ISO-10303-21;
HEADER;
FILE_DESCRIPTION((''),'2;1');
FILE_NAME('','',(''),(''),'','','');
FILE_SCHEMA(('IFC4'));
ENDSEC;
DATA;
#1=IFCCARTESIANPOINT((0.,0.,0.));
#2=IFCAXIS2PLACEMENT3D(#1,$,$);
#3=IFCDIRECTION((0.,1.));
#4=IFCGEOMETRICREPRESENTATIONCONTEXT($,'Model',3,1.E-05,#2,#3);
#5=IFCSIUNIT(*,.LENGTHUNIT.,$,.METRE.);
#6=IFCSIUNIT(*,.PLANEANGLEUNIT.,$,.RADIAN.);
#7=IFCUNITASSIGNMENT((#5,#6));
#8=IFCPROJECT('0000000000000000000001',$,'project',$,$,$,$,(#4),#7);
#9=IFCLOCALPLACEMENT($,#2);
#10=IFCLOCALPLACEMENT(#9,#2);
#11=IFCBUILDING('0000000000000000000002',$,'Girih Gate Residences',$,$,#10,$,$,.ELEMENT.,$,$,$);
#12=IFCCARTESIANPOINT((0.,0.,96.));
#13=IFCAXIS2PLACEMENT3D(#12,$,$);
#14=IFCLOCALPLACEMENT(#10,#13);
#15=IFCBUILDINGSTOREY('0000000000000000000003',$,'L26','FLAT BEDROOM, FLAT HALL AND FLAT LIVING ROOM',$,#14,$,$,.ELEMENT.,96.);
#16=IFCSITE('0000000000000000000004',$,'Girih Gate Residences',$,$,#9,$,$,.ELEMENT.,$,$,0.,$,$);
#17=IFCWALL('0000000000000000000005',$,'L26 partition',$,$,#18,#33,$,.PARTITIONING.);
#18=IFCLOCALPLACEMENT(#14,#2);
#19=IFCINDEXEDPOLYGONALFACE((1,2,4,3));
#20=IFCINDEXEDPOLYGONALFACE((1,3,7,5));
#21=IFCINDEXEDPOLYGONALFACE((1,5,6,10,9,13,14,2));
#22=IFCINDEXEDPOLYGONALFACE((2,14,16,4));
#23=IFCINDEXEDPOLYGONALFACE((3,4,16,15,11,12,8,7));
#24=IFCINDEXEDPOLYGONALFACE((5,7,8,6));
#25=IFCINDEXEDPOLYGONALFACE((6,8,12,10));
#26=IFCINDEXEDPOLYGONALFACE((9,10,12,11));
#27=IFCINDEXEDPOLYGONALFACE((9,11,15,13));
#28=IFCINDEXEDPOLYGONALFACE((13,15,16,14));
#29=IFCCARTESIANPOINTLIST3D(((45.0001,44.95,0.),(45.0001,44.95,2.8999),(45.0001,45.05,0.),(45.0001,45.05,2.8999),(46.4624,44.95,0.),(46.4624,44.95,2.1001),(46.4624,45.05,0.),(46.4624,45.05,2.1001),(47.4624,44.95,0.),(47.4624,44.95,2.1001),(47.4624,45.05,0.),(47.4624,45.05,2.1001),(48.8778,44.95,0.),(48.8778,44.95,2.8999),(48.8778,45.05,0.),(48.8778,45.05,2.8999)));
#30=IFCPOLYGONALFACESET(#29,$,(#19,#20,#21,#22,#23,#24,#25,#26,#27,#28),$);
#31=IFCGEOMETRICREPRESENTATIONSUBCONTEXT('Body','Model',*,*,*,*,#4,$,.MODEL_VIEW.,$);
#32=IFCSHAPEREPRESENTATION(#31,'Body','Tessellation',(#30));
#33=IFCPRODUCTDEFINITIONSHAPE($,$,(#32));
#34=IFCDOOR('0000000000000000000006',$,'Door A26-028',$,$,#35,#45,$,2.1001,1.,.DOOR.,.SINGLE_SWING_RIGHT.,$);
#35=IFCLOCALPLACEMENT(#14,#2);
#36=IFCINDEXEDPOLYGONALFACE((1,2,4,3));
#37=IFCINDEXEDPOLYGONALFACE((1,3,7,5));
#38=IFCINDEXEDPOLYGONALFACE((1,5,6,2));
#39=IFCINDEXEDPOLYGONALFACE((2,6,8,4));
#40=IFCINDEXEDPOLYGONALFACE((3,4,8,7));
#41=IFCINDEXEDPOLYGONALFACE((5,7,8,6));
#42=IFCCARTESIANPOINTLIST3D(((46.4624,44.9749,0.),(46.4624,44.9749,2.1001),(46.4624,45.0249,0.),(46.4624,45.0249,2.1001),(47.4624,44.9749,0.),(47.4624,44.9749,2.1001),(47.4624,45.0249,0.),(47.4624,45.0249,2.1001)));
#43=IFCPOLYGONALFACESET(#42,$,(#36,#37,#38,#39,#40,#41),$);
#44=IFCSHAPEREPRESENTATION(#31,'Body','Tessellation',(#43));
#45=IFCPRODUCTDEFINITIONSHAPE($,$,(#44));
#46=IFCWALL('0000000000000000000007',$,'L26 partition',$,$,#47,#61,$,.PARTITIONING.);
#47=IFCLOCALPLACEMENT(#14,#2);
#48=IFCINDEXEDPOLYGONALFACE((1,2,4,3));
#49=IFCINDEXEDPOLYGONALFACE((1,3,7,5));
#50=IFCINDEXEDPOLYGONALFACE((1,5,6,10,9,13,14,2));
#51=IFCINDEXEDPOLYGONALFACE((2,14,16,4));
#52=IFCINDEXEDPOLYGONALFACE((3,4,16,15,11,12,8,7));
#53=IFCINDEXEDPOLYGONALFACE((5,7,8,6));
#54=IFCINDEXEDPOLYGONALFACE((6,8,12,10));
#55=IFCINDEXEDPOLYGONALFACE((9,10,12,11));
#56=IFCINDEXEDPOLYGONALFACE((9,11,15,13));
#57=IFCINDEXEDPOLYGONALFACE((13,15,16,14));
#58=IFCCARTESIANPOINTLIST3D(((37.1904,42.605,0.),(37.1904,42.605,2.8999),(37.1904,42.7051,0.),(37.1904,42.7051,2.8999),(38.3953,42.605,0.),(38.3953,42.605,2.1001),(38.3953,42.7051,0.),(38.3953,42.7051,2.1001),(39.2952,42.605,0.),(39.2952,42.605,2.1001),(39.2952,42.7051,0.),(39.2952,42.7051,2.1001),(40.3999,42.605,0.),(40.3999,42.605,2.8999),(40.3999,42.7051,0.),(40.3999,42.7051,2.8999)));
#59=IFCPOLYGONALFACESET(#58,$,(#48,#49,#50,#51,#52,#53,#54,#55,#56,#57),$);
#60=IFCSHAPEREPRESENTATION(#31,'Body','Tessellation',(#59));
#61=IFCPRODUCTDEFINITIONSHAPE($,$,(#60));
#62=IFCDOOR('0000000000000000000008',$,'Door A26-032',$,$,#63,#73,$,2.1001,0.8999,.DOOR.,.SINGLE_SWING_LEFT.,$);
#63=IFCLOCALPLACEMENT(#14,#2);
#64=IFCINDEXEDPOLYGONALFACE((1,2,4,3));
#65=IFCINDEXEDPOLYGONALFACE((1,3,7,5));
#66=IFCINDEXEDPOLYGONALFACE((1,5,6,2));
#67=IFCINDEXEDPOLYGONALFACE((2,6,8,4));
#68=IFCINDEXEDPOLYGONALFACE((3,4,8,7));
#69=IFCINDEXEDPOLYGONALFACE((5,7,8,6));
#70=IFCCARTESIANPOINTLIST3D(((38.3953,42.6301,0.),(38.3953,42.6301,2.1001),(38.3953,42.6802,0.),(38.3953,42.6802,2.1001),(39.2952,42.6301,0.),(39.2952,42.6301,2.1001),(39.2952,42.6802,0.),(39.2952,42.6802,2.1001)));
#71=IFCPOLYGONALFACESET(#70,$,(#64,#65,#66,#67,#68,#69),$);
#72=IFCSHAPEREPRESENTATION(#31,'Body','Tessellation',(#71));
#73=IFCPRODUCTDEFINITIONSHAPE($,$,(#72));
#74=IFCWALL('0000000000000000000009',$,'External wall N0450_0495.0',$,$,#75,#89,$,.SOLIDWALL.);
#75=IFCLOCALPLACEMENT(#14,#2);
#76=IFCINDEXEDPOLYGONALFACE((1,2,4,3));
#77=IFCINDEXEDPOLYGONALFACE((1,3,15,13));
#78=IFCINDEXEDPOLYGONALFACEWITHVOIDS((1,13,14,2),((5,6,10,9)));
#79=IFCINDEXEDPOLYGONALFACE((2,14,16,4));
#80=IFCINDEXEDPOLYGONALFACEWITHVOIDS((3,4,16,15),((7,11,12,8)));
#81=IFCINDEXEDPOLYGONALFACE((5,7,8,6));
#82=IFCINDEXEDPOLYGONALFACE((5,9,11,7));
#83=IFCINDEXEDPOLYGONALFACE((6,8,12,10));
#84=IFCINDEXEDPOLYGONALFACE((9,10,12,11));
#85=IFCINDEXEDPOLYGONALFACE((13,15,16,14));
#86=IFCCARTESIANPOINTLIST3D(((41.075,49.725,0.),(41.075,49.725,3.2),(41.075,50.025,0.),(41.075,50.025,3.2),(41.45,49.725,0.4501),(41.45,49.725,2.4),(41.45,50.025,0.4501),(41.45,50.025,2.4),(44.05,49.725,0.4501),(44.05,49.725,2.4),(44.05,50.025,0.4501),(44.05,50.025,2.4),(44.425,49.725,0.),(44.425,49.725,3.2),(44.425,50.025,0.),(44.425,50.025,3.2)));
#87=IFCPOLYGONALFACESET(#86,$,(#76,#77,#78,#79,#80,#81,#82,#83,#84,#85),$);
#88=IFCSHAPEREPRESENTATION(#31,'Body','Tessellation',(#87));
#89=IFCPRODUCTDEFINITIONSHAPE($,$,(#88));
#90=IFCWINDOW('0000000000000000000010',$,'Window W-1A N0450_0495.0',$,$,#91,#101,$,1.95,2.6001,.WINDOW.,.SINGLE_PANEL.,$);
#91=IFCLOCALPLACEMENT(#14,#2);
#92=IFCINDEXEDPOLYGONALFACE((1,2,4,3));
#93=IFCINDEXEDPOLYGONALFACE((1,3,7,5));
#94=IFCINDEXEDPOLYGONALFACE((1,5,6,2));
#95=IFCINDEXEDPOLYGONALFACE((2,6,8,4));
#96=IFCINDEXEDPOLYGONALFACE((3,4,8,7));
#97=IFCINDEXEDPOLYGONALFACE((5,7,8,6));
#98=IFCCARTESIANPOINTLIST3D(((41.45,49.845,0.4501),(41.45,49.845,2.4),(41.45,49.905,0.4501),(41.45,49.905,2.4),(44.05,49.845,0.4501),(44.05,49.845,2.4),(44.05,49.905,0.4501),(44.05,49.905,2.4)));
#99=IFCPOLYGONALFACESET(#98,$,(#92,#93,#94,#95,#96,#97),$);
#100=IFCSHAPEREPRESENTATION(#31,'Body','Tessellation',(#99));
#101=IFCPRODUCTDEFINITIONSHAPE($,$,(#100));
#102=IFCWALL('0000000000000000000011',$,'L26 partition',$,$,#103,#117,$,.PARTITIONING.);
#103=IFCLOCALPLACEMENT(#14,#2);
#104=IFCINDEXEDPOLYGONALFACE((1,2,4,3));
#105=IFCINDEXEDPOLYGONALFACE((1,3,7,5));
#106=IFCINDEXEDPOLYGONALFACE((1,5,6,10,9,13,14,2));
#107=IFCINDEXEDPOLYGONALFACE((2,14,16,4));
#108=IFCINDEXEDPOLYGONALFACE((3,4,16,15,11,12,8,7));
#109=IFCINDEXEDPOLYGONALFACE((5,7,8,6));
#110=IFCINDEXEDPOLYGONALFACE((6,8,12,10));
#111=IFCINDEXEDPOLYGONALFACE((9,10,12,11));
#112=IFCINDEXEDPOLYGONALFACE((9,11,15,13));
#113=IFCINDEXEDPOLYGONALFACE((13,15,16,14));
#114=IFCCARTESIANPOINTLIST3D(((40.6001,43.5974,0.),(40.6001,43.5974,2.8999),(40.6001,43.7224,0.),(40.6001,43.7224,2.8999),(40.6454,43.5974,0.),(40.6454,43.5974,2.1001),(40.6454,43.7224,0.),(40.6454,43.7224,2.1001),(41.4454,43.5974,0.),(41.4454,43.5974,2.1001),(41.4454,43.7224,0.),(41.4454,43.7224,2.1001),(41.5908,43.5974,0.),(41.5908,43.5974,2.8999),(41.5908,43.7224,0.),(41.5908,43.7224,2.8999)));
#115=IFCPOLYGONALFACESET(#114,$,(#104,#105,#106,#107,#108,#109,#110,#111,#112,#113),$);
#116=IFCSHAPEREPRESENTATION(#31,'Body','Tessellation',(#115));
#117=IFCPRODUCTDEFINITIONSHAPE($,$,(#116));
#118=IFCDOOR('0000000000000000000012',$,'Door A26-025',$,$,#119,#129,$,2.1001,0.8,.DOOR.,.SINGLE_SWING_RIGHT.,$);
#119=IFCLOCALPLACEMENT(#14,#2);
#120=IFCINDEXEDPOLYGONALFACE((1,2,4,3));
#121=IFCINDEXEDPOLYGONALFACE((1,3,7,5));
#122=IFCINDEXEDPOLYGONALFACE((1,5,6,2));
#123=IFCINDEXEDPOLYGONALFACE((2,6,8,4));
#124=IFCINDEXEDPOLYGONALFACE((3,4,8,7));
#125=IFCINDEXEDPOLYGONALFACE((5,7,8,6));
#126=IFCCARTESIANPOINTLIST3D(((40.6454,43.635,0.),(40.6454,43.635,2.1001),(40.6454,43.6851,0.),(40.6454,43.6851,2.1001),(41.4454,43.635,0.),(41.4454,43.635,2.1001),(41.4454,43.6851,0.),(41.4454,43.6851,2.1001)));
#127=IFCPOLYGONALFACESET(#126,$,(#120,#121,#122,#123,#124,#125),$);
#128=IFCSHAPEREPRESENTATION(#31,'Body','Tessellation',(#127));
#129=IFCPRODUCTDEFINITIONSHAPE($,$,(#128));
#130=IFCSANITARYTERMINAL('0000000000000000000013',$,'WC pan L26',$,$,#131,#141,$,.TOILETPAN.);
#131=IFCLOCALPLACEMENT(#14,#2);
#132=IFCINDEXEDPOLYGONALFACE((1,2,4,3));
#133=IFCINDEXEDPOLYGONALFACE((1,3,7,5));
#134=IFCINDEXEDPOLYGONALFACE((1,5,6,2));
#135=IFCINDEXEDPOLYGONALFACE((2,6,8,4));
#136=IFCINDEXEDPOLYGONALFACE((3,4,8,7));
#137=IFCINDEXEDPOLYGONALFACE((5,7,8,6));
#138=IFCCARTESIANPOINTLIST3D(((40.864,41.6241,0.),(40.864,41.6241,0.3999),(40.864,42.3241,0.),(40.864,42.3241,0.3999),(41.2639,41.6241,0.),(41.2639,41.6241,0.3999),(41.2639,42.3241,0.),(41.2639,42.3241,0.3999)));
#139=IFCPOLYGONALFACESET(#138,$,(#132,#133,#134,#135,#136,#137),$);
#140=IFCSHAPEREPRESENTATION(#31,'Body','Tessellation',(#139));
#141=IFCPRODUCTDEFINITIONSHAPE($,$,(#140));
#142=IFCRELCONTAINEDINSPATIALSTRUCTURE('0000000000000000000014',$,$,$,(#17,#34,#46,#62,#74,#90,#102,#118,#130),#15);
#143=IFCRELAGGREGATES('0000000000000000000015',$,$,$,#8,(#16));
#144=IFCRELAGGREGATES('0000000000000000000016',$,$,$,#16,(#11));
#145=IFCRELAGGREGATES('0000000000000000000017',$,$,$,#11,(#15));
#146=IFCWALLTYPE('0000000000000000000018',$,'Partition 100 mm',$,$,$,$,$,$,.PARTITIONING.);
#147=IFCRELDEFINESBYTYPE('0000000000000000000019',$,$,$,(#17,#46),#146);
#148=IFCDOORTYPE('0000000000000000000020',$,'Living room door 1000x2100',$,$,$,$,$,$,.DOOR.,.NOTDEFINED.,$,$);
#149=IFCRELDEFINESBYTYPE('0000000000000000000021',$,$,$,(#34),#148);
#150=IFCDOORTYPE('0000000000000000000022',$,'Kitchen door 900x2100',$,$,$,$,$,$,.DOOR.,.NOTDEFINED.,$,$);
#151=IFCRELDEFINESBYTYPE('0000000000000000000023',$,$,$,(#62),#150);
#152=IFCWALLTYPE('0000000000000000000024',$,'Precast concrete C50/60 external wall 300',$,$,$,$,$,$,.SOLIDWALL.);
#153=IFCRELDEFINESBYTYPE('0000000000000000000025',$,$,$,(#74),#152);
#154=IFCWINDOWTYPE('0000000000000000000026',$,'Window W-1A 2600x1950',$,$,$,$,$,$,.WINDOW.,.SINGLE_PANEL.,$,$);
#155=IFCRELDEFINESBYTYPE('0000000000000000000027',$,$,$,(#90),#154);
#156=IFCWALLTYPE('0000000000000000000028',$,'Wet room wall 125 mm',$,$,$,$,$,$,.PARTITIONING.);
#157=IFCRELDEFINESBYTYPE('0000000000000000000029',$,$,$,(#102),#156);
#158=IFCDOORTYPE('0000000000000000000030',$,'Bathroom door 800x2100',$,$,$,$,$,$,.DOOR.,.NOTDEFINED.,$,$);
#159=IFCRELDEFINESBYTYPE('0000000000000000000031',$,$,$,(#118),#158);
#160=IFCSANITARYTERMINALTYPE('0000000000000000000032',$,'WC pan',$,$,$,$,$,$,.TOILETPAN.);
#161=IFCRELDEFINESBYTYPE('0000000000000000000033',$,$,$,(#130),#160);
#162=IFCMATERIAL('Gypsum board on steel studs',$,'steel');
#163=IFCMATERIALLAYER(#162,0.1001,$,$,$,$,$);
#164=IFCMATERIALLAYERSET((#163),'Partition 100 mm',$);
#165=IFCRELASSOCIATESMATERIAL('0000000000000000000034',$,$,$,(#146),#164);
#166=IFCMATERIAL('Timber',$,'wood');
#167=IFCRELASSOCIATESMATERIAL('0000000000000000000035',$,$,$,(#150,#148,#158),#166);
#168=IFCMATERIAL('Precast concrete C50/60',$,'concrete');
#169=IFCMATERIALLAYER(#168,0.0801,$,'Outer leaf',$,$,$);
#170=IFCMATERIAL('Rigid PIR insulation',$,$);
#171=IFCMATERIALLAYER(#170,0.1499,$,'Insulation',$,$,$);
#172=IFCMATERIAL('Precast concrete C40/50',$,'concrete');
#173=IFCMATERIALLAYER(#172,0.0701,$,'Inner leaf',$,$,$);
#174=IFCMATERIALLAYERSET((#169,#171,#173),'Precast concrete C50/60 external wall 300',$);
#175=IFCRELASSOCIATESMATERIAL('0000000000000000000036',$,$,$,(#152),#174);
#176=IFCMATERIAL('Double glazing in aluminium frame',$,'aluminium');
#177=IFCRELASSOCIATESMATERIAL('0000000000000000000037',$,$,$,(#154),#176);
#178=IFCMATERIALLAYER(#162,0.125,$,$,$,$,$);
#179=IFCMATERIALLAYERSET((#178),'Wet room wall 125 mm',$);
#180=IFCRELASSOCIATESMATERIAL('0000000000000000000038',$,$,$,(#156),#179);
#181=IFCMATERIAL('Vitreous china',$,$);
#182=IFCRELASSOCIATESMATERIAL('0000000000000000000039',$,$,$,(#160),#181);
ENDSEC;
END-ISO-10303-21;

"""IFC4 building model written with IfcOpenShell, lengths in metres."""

from ifc_helpers import new_model, si_unit, direction, frame, frame_2d, origin, origin_2d, place, context, subcontext, project, spatial, rectangle, extrude, material, layer, layer_set, type_object, element, fill, save


model = new_model("IFC4")

# Units and contexts
model_context = context("Model", 3, precision=1e-05, world=origin(), true_north=direction((0.0, 1.0)))
body_context = subcontext(model_context, "Body", "Model", "MODEL_VIEW")
ifc_project = project(units=[si_unit("LENGTHUNIT", "METRE"), si_unit("PLANEANGLEUNIT", "RADIAN")], contexts=[model_context])

# Site, building, storey
site_placement = place(None, origin())
site = spatial("IfcSite", under=ifc_project, at=site_placement, Name="Girih Gate Residences", CompositionType="ELEMENT", RefElevation=0.0)
building_placement = place(site_placement, origin())
building = spatial("IfcBuilding", under=site, at=building_placement, Name="Girih Gate Residences", CompositionType="ELEMENT")
storey_placement = place(building_placement, frame((0.0, 0.0, 96.0)))
storey = spatial("IfcBuildingStorey", under=building, at=storey_placement, Name="L26", Description="FLAT BEDROOM, FLAT HALL AND FLAT LIVING ROOM", CompositionType="ELEMENT", Elevation=96.0)

# Shared definitions
ifc_material_1 = material(Name="Gypsum board on steel studs", Category="steel")
ifc_layer_1 = layer(ifc_material_1, 0.1001)
ifc_layer_set_1 = layer_set([ifc_layer_1], Name="Partition 100 mm")
wall_type_1 = type_object("IfcWallType", Name="Partition 100 mm", PredefinedType="PARTITIONING", material=ifc_layer_set_1)
ifc_material_2 = material(Name="Timber", Category="wood")

# Walls, openings, doors
door_type_1 = type_object("IfcDoorType", Name="Kitchen door 900x2100", OperationType="NOTDEFINED", PredefinedType="DOOR", material=ifc_material_2)
wall_1_placement = place(storey_placement, frame((45.0, 45.0, 0.0), z_axis=(0.0, 0.0, 1.0), x_axis=(1.0, 0.0, 0.0)))
wall_1 = element("IfcWall", 1, at=wall_1_placement, inside=storey, type_object=wall_type_1, Name="L26 partition", PredefinedType="PARTITIONING", context=body_context, shape_type="SweptSolid", body=[
    extrude(rectangle(XDim=3.8777, YDim=0.1001, at=frame_2d((1.939, 0.0))), origin(), (0.0, 0.0, 1.0), 2.8999),
])
opening_1_placement = place(wall_1_placement, frame((1.4624, 0.0, 0.0)))
opening_1 = element("IfcOpeningElement", 2, at=opening_1_placement, cuts=wall_1, PredefinedType="OPENING", context=body_context, shape_type="SweptSolid", body=[
    extrude(rectangle(XDim=1.0, YDim=2.1001, at=frame_2d((0.5, 1.05))), frame((0.0, 0.0601, 0.0), z_axis=(0.0, -1.0, 0.0), x_axis=(1.0, 0.0, 0.0)), (0.0, 0.0, 1.0), 0.1201),
])
door_type_2 = type_object("IfcDoorType", Name="Living room door 1000x2100", OperationType="NOTDEFINED", PredefinedType="DOOR", material=ifc_material_2)
door_1_placement = place(opening_1_placement, origin())
door_1 = element("IfcDoor", 3, at=door_1_placement, inside=storey, type_object=door_type_2, Name="Door A26-028", OperationType="SINGLE_SWING_RIGHT", OverallHeight=2.1001, OverallWidth=1.0, PredefinedType="DOOR", context=body_context, shape_type="SweptSolid", body=[
    extrude(rectangle(XDim=1.0, YDim=2.1001, at=frame_2d((0.5, 1.05))), frame((0.0, 0.0249, 0.0), z_axis=(0.0, -1.0, 0.0), x_axis=(1.0, 0.0, 0.0)), (0.0, 0.0, 1.0), 0.05),
])
fill(opening_1, door_1)
wall_2_placement = place(storey_placement, frame((40.3999, 42.655, 0.0), z_axis=(0.0, 0.0, 1.0), x_axis=(-1.0, 0.0, 0.0)))
wall_2 = element("IfcWall", 4, at=wall_2_placement, inside=storey, type_object=wall_type_1, Name="L26 partition", PredefinedType="PARTITIONING", context=body_context, shape_type="SweptSolid", body=[
    extrude(rectangle(XDim=3.2095, YDim=0.1001, at=frame_2d((1.6047, 0.0))), origin(), (0.0, 0.0, 1.0), 2.8999),
])
opening_2_placement = place(wall_2_placement, frame((1.1047, 0.0, 0.0)))
opening_2 = element("IfcOpeningElement", 5, at=opening_2_placement, cuts=wall_2, PredefinedType="OPENING", context=body_context, shape_type="SweptSolid", body=[
    extrude(rectangle(XDim=0.8999, YDim=2.1001, at=frame_2d((0.45, 1.05))), frame((0.0, 0.0601, 0.0), z_axis=(0.0, -1.0, 0.0), x_axis=(1.0, 0.0, 0.0)), (0.0, 0.0, 1.0), 0.1201),
])
door_2_placement = place(opening_2_placement, origin())
door_2 = element("IfcDoor", 6, at=door_2_placement, inside=storey, type_object=door_type_1, Name="Door A26-032", OperationType="SINGLE_SWING_LEFT", OverallHeight=2.1001, OverallWidth=0.8999, PredefinedType="DOOR", context=body_context, shape_type="SweptSolid", body=[
    extrude(rectangle(XDim=0.8999, YDim=2.1001, at=frame_2d((0.45, 1.05))), frame((0.0, 0.0249, 0.0), z_axis=(0.0, -1.0, 0.0), x_axis=(1.0, 0.0, 0.0)), (0.0, 0.0, 1.0), 0.05),
])
fill(opening_2, door_2)

# Wall, opening, window
ifc_material_3 = material(Name="Precast concrete C50/60", Category="concrete")
ifc_layer_2 = layer(ifc_material_3, 0.0801, Name="Outer leaf")
ifc_material_4 = material(Name="Rigid PIR insulation")
ifc_layer_3 = layer(ifc_material_4, 0.1499, Name="Insulation")
ifc_material_5 = material(Name="Precast concrete C40/50", Category="concrete")
ifc_layer_4 = layer(ifc_material_5, 0.0701, Name="Inner leaf")
ifc_layer_set_2 = layer_set([ifc_layer_2, ifc_layer_3, ifc_layer_4], Name="Precast concrete C50/60 external wall 300")
wall_type_2 = type_object("IfcWallType", Name="Precast concrete C50/60 external wall 300", PredefinedType="SOLIDWALL", material=ifc_layer_set_2)
wall_3_placement = place(storey_placement, frame((41.075, 49.875, 0.0), z_axis=(0.0, 0.0, 1.0), x_axis=(1.0, 0.0, 0.0)))
wall_3 = element("IfcWall", 7, at=wall_3_placement, inside=storey, type_object=wall_type_2, Name="External wall N0450_0495.0", PredefinedType="SOLIDWALL", context=body_context, shape_type="SweptSolid", body=[
    extrude(rectangle(XDim=3.3501, YDim=0.3, at=frame_2d((1.675, 0.0))), origin(), (0.0, 0.0, 1.0), 3.2),
])
opening_3_placement = place(wall_3_placement, frame((0.375, 0.0, 0.45)))
opening_3 = element("IfcOpeningElement", 8, at=opening_3_placement, cuts=wall_3, PredefinedType="OPENING", context=body_context, shape_type="SweptSolid", body=[
    extrude(rectangle(XDim=2.6001, YDim=1.95, at=frame_2d((1.3, 0.9751))), frame((0.0, 0.1599, 0.0), z_axis=(0.0, -1.0, 0.0), x_axis=(1.0, 0.0, 0.0)), (0.0, 0.0, 1.0), 0.3201),
])
ifc_material_6 = material(Name="Double glazing in aluminium frame", Category="aluminium")
window_type = type_object("IfcWindowType", Name="Window W-1A 2600x1950", PartitioningType="SINGLE_PANEL", PredefinedType="WINDOW", material=ifc_material_6)
window_placement = place(opening_3_placement, origin())
window = element("IfcWindow", 9, at=window_placement, inside=storey, type_object=window_type, Name="Window W-1A N0450_0495.0", OverallHeight=1.95, OverallWidth=2.6001, PartitioningType="SINGLE_PANEL", PredefinedType="WINDOW", context=body_context, shape_type="SweptSolid", body=[
    extrude(rectangle(XDim=2.6001, YDim=1.95, at=frame_2d((1.3, 0.9751))), frame((0.0, 0.03, 0.0), z_axis=(0.0, -1.0, 0.0), x_axis=(1.0, 0.0, 0.0)), (0.0, 0.0, 1.0), 0.0601),
])
fill(opening_3, window)

# Wall, opening, door
ifc_layer_5 = layer(ifc_material_1, 0.125)
ifc_layer_set_3 = layer_set([ifc_layer_5], Name="Wet room wall 125 mm")
wall_type_3 = type_object("IfcWallType", Name="Wet room wall 125 mm", PredefinedType="PARTITIONING", material=ifc_layer_set_3)
wall_4_placement = place(storey_placement, frame((41.5908, 43.6599, 0.0), z_axis=(0.0, 0.0, 1.0), x_axis=(-1.0, 0.0, 0.0)))
wall_4 = element("IfcWall", 10, at=wall_4_placement, inside=storey, type_object=wall_type_3, Name="L26 partition", PredefinedType="PARTITIONING", context=body_context, shape_type="SweptSolid", body=[
    extrude(rectangle(XDim=0.9907, YDim=0.125, at=frame_2d((0.4954, 0.0))), origin(), (0.0, 0.0, 1.0), 2.8999),
])
opening_4_placement = place(wall_4_placement, frame((0.1455, 0.0, 0.0)))
opening_4 = element("IfcOpeningElement", 11, at=opening_4_placement, cuts=wall_4, PredefinedType="OPENING", context=body_context, shape_type="SweptSolid", body=[
    extrude(rectangle(XDim=0.8, YDim=2.1001, at=frame_2d((0.3999, 1.05))), frame((0.0, 0.0725, 0.0), z_axis=(0.0, -1.0, 0.0), x_axis=(1.0, 0.0, 0.0)), (0.0, 0.0, 1.0), 0.145),
])
door_type_3 = type_object("IfcDoorType", Name="Bathroom door 800x2100", OperationType="NOTDEFINED", PredefinedType="DOOR", material=ifc_material_2)
door_3_placement = place(opening_4_placement, origin())
door_3 = element("IfcDoor", 12, at=door_3_placement, inside=storey, type_object=door_type_3, Name="Door A26-025", OperationType="SINGLE_SWING_RIGHT", OverallHeight=2.1001, OverallWidth=0.8, PredefinedType="DOOR", context=body_context, shape_type="SweptSolid", body=[
    extrude(rectangle(XDim=0.8, YDim=2.1001, at=frame_2d((0.3999, 1.05))), frame((0.0, 0.0249, 0.0), z_axis=(0.0, -1.0, 0.0), x_axis=(1.0, 0.0, 0.0)), (0.0, 0.0, 1.0), 0.05),
])
fill(opening_4, door_3)

# Sanitary terminal
ifc_material_7 = material(Name="Vitreous china")
sanitary_terminal_type = type_object("IfcSanitaryTerminalType", Name="WC pan", PredefinedType="TOILETPAN", material=ifc_material_7)
sanitary_terminal_placement = place(storey_placement, frame((41.064, 41.9741, 0.0), z_axis=(0.0, 0.0, 1.0), x_axis=(1.0, 0.0, 0.0)))
element("IfcSanitaryTerminal", 13, at=sanitary_terminal_placement, inside=storey, type_object=sanitary_terminal_type, Name="WC pan L26", PredefinedType="TOILETPAN", context=body_context, shape_type="SweptSolid", body=[
    extrude(rectangle(XDim=0.3999, YDim=0.7, at=origin_2d()), origin(), (0.0, 0.0, 1.0), 0.3999),
])

save(model, "model.ifc")
